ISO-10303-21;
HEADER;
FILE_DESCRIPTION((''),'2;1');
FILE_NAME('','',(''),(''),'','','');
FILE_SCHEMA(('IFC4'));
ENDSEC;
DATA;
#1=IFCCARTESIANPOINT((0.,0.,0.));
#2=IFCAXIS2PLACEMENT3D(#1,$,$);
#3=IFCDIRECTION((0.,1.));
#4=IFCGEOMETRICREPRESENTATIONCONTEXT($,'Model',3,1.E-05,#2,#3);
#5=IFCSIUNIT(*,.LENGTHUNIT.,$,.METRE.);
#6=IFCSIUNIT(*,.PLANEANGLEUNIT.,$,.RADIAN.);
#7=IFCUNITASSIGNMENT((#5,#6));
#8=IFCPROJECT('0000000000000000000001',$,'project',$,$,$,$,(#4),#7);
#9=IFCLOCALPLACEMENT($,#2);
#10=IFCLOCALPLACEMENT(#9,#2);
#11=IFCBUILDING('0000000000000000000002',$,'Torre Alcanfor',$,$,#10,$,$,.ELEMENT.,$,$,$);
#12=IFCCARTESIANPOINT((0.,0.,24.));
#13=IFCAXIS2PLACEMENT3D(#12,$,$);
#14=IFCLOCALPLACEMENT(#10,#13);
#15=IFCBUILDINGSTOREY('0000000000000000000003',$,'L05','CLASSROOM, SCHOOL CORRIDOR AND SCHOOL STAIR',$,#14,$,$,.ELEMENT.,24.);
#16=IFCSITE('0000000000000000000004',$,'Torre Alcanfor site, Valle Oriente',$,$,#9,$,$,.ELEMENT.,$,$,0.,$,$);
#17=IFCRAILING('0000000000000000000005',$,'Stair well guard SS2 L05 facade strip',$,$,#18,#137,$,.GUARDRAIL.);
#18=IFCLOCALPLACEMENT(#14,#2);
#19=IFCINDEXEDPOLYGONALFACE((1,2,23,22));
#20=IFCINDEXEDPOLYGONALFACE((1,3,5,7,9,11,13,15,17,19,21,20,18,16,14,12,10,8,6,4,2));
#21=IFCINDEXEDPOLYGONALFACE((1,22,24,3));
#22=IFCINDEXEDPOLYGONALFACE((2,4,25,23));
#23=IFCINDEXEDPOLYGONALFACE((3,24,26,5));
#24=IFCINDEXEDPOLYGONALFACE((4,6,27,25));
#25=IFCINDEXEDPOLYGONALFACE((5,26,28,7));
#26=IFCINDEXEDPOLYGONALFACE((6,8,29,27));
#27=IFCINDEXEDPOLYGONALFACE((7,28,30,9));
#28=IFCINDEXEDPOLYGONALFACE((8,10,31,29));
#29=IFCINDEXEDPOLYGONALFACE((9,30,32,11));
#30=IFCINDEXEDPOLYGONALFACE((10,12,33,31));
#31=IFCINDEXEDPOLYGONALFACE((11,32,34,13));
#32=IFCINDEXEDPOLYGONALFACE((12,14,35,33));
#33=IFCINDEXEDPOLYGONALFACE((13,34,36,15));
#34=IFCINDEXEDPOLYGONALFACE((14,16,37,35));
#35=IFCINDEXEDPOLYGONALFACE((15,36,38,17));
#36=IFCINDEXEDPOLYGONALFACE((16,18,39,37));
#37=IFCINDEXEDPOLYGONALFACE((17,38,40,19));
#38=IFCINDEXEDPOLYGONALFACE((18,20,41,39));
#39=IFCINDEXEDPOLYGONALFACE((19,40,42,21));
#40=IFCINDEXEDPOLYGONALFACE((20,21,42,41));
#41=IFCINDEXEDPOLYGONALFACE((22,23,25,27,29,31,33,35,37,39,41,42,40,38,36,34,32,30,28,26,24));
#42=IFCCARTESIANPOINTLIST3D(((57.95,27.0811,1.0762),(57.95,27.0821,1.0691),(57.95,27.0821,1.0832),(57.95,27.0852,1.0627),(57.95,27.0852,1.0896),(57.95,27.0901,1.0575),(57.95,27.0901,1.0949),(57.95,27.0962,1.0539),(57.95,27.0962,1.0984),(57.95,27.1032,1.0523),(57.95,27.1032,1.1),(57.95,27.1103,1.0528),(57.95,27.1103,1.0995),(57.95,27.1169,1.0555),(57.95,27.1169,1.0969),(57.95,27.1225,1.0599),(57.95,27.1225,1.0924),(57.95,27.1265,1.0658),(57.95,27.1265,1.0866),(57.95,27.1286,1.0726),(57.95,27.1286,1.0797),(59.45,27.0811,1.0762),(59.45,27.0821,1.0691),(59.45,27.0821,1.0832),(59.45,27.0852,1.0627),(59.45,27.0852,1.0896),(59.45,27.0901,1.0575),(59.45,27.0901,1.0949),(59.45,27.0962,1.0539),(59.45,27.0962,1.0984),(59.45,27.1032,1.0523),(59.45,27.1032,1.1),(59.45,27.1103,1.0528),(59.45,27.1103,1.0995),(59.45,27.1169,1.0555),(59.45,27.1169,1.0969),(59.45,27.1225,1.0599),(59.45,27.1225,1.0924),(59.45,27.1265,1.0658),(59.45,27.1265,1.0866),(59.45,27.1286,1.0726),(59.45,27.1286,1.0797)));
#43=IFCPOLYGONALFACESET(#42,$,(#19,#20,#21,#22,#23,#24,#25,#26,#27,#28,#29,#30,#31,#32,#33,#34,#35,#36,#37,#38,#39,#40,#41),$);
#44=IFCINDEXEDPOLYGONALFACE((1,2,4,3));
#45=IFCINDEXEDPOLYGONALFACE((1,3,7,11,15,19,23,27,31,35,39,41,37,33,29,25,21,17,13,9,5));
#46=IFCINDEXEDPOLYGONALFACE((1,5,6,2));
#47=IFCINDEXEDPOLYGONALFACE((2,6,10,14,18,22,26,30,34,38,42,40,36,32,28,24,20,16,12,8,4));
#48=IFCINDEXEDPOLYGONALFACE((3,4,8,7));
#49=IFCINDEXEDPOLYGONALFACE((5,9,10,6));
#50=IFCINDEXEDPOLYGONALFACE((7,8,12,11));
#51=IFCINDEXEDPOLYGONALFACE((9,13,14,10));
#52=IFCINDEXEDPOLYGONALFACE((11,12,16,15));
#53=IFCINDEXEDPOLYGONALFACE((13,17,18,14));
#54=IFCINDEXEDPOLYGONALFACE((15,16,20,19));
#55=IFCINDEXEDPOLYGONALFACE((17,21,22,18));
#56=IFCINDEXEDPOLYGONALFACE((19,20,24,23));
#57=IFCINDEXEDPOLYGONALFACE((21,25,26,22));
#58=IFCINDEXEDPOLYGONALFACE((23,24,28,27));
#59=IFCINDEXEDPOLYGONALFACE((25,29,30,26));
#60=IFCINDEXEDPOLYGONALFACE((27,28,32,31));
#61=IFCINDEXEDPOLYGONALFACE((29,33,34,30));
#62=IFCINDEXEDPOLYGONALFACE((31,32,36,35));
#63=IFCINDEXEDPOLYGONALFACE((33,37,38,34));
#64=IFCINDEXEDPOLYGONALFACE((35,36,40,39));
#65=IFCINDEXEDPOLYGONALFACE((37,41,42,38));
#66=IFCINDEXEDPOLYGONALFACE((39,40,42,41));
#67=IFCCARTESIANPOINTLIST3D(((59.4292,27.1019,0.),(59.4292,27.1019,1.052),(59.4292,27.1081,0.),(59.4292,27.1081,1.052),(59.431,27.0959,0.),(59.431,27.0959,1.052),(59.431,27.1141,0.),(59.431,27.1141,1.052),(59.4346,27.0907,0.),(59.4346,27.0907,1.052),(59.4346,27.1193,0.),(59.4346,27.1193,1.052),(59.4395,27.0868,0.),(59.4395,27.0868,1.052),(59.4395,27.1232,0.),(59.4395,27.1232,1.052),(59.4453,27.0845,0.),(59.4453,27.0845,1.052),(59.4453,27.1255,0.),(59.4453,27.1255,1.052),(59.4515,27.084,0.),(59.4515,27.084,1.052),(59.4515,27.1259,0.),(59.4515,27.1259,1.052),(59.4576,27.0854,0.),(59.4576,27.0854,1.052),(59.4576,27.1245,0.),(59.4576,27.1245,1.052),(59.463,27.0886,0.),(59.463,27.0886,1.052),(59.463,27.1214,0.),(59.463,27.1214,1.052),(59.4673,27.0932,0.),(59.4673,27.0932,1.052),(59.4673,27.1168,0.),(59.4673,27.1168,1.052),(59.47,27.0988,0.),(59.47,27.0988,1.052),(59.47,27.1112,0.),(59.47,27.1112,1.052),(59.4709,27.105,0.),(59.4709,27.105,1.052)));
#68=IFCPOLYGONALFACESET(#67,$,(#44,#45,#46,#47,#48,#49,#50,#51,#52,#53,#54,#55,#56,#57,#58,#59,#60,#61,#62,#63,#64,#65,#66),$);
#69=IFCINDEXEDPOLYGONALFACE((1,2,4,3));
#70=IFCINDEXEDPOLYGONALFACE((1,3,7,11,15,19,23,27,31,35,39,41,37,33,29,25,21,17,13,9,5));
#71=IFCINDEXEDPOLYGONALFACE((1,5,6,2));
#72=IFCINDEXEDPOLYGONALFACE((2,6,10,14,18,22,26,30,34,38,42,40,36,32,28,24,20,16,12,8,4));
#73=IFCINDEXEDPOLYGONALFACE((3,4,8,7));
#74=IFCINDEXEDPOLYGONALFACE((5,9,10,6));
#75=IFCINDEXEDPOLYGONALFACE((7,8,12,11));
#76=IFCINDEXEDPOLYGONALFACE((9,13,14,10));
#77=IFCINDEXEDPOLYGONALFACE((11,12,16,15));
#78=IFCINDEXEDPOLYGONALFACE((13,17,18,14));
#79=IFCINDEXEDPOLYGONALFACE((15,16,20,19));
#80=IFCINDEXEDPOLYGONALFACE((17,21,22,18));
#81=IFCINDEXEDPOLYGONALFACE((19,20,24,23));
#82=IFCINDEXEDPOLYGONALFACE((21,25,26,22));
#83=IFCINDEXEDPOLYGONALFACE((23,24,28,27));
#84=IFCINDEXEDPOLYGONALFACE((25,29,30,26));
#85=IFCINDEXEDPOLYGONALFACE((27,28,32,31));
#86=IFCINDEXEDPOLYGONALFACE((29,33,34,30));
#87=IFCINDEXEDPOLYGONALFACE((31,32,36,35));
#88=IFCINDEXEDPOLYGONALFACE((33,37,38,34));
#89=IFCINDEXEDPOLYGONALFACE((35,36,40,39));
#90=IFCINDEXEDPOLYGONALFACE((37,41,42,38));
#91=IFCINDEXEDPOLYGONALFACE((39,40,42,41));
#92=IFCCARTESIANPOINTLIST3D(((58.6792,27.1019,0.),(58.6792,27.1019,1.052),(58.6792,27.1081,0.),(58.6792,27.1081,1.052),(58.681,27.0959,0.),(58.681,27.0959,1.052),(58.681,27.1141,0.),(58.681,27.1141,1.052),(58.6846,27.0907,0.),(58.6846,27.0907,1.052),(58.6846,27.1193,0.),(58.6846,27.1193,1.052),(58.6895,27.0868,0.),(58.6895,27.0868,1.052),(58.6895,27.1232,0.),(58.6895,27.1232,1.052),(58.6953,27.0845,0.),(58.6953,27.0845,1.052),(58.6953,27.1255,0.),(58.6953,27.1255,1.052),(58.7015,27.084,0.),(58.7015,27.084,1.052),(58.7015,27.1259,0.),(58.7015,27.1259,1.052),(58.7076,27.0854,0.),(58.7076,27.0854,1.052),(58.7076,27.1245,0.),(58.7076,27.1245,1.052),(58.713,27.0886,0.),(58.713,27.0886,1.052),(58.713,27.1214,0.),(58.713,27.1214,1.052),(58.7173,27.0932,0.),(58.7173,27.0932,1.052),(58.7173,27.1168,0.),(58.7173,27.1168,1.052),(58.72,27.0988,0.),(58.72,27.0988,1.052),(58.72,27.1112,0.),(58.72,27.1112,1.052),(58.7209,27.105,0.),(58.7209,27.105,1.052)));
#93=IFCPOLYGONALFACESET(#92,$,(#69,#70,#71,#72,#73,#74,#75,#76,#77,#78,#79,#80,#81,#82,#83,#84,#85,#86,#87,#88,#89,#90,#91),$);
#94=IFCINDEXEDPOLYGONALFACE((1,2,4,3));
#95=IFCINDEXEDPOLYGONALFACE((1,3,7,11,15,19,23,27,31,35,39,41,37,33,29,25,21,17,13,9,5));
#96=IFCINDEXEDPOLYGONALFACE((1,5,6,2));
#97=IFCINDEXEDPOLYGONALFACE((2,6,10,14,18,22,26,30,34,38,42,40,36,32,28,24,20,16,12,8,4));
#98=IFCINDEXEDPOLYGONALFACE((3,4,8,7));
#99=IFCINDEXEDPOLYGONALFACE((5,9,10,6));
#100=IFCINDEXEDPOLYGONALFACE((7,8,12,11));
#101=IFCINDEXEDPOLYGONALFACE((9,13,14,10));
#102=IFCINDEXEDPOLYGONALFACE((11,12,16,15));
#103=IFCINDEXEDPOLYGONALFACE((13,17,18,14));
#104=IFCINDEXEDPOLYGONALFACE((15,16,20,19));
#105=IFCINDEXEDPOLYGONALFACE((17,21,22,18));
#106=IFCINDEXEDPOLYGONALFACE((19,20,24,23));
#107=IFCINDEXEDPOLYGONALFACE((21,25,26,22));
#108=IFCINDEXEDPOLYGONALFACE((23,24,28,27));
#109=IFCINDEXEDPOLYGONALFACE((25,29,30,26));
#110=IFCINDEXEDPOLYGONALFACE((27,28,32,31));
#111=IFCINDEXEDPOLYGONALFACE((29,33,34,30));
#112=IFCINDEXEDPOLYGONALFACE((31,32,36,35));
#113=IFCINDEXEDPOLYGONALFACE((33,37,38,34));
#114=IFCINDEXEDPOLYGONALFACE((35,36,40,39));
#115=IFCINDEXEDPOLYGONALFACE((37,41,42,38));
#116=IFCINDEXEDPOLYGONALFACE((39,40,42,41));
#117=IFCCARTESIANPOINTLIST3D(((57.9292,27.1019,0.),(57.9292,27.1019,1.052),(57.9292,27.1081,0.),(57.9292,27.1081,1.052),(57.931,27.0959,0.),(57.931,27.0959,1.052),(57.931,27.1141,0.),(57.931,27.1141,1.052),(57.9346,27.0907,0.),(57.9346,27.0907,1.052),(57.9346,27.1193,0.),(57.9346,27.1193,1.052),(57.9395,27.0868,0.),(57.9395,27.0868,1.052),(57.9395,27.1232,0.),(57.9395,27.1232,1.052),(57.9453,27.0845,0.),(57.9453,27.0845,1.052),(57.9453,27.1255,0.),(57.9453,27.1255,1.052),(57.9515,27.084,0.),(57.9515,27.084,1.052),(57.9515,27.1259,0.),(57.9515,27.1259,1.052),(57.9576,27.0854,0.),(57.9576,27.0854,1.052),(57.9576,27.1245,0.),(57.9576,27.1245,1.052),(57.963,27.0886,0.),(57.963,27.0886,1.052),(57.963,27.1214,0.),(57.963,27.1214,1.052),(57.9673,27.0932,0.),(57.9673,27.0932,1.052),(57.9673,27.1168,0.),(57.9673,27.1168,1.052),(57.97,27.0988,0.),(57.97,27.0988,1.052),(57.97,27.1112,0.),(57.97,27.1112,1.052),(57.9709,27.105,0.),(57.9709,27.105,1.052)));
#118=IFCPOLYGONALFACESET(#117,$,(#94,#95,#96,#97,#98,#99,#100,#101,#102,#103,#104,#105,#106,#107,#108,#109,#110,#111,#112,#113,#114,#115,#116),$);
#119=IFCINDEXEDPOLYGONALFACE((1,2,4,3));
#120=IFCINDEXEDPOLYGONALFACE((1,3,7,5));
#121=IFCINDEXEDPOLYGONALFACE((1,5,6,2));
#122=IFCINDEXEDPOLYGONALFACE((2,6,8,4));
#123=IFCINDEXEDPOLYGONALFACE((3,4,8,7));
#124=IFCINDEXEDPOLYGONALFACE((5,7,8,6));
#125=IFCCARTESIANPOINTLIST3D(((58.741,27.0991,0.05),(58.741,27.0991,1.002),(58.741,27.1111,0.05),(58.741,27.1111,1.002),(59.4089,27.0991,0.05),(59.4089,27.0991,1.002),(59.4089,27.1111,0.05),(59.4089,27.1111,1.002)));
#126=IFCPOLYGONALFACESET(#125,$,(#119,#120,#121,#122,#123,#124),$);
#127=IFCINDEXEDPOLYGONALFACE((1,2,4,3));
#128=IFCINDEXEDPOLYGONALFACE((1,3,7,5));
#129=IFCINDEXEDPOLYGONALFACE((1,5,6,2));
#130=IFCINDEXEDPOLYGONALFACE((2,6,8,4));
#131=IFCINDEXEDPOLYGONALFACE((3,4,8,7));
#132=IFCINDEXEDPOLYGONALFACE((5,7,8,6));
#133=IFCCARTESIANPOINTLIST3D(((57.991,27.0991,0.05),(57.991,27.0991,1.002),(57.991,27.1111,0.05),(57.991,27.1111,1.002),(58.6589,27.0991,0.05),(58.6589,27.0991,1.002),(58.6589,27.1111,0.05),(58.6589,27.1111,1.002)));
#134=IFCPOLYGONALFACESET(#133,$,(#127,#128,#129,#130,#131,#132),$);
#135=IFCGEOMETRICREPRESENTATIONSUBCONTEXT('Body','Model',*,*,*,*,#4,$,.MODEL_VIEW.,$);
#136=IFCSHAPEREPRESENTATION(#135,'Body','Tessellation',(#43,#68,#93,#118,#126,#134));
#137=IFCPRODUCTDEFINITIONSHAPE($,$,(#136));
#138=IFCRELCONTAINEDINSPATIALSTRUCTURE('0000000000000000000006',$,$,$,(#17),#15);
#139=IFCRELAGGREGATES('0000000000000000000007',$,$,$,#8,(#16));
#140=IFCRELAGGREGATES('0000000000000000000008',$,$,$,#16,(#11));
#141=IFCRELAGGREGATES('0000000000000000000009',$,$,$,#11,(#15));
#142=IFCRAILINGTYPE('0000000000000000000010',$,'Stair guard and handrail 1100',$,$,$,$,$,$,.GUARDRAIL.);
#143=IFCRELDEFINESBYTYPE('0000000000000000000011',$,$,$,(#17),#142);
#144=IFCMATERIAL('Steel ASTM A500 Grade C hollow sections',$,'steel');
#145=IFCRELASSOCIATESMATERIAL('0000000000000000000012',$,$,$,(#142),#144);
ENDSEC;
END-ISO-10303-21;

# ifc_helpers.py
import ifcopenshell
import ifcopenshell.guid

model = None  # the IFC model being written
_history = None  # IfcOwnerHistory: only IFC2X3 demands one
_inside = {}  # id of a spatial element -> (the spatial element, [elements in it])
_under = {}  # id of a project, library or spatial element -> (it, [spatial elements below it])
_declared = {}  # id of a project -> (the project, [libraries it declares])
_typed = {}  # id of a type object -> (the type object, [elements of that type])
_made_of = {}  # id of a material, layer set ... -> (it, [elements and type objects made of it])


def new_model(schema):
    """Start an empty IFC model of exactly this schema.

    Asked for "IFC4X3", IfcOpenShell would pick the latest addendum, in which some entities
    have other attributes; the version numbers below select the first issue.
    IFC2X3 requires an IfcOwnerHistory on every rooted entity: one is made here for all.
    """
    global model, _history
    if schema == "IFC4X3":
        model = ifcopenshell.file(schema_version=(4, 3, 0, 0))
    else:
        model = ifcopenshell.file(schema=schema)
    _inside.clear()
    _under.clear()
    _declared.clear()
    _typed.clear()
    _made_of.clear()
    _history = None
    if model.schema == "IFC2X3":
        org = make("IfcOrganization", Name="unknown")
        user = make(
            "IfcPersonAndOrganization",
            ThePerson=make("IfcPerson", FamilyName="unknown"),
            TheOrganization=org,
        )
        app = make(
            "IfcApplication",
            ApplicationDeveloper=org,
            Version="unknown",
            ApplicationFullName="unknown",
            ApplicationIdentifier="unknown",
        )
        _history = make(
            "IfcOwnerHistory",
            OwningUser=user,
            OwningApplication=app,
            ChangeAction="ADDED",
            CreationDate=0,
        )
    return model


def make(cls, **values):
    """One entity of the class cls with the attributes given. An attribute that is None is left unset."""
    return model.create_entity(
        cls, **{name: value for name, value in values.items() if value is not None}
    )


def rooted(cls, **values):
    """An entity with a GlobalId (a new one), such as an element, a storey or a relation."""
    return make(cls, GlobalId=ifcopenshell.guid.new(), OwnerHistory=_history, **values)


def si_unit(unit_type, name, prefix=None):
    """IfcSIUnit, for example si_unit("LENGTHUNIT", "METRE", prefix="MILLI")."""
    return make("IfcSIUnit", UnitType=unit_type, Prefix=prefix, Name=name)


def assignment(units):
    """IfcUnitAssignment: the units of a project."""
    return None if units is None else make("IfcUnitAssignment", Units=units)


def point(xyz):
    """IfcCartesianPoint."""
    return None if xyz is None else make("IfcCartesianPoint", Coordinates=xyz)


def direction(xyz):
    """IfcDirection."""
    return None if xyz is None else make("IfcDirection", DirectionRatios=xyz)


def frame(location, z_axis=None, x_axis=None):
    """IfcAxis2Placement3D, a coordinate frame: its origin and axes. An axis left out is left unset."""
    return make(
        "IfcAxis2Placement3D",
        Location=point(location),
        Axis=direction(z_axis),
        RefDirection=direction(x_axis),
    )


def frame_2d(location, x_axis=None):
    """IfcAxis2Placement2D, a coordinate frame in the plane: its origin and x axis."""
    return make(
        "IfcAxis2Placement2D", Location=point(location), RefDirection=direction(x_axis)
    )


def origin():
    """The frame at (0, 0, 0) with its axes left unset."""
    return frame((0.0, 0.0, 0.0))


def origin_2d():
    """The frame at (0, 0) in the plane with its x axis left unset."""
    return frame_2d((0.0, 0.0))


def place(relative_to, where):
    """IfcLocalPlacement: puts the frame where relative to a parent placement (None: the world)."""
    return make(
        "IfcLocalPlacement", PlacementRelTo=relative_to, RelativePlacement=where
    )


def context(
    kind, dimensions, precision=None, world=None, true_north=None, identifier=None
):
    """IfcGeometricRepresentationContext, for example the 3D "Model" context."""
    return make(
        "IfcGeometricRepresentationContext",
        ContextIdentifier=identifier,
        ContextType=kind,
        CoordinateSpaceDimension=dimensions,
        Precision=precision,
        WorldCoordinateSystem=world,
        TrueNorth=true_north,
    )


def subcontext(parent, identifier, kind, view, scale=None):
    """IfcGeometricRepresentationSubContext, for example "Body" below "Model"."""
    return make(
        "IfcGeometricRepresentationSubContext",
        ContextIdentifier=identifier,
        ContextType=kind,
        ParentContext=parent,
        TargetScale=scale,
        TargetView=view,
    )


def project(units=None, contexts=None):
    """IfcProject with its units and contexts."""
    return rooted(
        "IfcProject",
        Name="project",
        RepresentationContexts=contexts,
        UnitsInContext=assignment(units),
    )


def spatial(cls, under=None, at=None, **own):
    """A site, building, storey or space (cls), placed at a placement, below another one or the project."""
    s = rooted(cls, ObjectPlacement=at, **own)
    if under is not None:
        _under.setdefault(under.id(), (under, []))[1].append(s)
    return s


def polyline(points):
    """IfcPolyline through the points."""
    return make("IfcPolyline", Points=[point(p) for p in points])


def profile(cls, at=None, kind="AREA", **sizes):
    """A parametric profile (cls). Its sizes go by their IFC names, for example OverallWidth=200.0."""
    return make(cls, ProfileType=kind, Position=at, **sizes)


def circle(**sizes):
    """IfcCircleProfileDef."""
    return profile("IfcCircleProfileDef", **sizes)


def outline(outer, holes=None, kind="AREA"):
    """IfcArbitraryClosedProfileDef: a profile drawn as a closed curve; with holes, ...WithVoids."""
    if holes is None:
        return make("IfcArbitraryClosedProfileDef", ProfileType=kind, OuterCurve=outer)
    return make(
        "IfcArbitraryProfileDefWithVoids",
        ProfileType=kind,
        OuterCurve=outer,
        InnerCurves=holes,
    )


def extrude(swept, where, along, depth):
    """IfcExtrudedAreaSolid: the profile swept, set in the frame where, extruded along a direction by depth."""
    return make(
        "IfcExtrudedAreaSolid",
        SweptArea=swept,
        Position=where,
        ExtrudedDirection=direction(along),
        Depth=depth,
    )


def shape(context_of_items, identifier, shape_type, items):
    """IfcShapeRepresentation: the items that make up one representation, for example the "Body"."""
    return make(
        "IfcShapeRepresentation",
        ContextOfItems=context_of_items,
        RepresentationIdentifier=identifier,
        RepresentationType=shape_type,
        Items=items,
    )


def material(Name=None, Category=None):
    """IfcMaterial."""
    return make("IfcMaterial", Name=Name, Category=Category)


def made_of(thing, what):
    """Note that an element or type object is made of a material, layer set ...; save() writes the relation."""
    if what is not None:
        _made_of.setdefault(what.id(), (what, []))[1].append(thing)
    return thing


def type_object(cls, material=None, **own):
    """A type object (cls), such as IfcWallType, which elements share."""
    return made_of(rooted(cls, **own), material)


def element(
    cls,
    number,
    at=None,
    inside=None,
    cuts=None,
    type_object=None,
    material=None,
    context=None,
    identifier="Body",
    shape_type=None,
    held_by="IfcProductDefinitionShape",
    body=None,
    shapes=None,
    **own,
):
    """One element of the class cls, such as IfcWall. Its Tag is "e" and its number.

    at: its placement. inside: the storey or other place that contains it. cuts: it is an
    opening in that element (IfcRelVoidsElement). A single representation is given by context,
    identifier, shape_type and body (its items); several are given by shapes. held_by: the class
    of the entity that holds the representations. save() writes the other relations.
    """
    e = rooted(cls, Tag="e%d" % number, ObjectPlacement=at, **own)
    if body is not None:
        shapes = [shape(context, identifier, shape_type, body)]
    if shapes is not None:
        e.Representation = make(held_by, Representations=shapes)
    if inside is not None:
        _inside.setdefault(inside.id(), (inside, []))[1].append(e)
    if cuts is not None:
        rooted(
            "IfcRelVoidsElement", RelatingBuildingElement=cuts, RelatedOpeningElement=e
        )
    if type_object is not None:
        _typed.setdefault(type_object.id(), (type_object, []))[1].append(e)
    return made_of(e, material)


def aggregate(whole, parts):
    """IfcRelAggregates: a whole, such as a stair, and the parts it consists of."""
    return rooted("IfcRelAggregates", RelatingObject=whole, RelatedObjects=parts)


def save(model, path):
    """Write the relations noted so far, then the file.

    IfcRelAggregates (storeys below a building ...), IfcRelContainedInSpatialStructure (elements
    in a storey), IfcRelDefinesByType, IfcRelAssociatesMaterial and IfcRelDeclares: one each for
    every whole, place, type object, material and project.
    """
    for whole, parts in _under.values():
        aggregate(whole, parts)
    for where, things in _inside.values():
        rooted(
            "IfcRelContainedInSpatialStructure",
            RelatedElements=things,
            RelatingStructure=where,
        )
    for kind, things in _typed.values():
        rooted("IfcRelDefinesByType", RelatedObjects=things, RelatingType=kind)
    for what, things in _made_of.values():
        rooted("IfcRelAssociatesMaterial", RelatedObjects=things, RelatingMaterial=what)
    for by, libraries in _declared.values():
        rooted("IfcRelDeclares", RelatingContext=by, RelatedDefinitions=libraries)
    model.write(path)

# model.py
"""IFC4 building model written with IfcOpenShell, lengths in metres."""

from ifc_helpers import new_model, si_unit, direction, frame, origin, origin_2d, place, context, subcontext, project, spatial, polyline, circle, outline, extrude, material, type_object, element, save


model = new_model("IFC4")

# Units and contexts
model_context = context("Model", 3, precision=1e-05, world=origin(), true_north=direction((0.0, 1.0)))
body_context = subcontext(model_context, "Body", "Model", "MODEL_VIEW")
ifc_project = project(units=[si_unit("LENGTHUNIT", "METRE"), si_unit("PLANEANGLEUNIT", "RADIAN")], contexts=[model_context])

# Site, building, storey
site_placement = place(None, origin())
site = spatial("IfcSite", under=ifc_project, at=site_placement, Name="Torre Alcanfor site, Valle Oriente", CompositionType="ELEMENT", RefElevation=0.0)
building_placement = place(site_placement, origin())
building = spatial("IfcBuilding", under=site, at=building_placement, Name="Torre Alcanfor", CompositionType="ELEMENT")
storey_placement = place(building_placement, frame((0.0, 0.0, 24.0)))
storey = spatial("IfcBuildingStorey", under=building, at=storey_placement, Name="L05", Description="CLASSROOM, SCHOOL CORRIDOR AND SCHOOL STAIR", CompositionType="ELEMENT", Elevation=24.0)

# Railing
ifc_material_1 = material(Name="Steel ASTM A500 Grade C hollow sections", Category="steel")
railing_type = type_object("IfcRailingType", Name="Stair guard and handrail 1100", PredefinedType="GUARDRAIL", material=ifc_material_1)
railing_1_placement = place(storey_placement, frame((59.45, 27.105, 0.0)))
element("IfcRailing", 1, at=railing_1_placement, inside=storey, type_object=railing_type, Name="Stair well guard SS2 L05 facade strip", PredefinedType="GUARDRAIL", context=body_context, shape_type="SweptSolid", body=[
    extrude(circle(Radius=0.0239, at=origin_2d()), frame((0.0, 0.0, 1.0762), z_axis=(-1.0, 0.0, 0.0), x_axis=(0.0, -1.0, 0.0)), (0.0, 0.0, 1.0), 1.5),
    extrude(circle(Radius=0.021, at=origin_2d()), origin(), (0.0, 0.0, 1.0), 1.052),
    extrude(circle(Radius=0.021, at=origin_2d()), frame((-0.75, 0.0, 0.0)), (0.0, 0.0, 1.0), 1.052),
    extrude(circle(Radius=0.021, at=origin_2d()), frame((-1.5, 0.0, 0.0)), (0.0, 0.0, 1.0), 1.052),
    extrude(outline(polyline([(0.041, 0.05), (0.709, 0.05), (0.709, 1.002), (0.041, 1.002), (0.041, 0.05)])), frame((0.0, -0.0059, 0.0), z_axis=(0.0, 1.0, 0.0), x_axis=(-1.0, 0.0, 0.0)), (0.0, 0.0, 1.0), 0.012),
    extrude(outline(polyline([(0.791, 0.05), (1.459, 0.05), (1.459, 1.002), (0.791, 1.002), (0.791, 0.05)])), frame((0.0, -0.0059, 0.0), z_axis=(0.0, 1.0, 0.0), x_axis=(-1.0, 0.0, 0.0)), (0.0, 0.0, 1.0), 0.012),
])

save(model, "model.ifc")
